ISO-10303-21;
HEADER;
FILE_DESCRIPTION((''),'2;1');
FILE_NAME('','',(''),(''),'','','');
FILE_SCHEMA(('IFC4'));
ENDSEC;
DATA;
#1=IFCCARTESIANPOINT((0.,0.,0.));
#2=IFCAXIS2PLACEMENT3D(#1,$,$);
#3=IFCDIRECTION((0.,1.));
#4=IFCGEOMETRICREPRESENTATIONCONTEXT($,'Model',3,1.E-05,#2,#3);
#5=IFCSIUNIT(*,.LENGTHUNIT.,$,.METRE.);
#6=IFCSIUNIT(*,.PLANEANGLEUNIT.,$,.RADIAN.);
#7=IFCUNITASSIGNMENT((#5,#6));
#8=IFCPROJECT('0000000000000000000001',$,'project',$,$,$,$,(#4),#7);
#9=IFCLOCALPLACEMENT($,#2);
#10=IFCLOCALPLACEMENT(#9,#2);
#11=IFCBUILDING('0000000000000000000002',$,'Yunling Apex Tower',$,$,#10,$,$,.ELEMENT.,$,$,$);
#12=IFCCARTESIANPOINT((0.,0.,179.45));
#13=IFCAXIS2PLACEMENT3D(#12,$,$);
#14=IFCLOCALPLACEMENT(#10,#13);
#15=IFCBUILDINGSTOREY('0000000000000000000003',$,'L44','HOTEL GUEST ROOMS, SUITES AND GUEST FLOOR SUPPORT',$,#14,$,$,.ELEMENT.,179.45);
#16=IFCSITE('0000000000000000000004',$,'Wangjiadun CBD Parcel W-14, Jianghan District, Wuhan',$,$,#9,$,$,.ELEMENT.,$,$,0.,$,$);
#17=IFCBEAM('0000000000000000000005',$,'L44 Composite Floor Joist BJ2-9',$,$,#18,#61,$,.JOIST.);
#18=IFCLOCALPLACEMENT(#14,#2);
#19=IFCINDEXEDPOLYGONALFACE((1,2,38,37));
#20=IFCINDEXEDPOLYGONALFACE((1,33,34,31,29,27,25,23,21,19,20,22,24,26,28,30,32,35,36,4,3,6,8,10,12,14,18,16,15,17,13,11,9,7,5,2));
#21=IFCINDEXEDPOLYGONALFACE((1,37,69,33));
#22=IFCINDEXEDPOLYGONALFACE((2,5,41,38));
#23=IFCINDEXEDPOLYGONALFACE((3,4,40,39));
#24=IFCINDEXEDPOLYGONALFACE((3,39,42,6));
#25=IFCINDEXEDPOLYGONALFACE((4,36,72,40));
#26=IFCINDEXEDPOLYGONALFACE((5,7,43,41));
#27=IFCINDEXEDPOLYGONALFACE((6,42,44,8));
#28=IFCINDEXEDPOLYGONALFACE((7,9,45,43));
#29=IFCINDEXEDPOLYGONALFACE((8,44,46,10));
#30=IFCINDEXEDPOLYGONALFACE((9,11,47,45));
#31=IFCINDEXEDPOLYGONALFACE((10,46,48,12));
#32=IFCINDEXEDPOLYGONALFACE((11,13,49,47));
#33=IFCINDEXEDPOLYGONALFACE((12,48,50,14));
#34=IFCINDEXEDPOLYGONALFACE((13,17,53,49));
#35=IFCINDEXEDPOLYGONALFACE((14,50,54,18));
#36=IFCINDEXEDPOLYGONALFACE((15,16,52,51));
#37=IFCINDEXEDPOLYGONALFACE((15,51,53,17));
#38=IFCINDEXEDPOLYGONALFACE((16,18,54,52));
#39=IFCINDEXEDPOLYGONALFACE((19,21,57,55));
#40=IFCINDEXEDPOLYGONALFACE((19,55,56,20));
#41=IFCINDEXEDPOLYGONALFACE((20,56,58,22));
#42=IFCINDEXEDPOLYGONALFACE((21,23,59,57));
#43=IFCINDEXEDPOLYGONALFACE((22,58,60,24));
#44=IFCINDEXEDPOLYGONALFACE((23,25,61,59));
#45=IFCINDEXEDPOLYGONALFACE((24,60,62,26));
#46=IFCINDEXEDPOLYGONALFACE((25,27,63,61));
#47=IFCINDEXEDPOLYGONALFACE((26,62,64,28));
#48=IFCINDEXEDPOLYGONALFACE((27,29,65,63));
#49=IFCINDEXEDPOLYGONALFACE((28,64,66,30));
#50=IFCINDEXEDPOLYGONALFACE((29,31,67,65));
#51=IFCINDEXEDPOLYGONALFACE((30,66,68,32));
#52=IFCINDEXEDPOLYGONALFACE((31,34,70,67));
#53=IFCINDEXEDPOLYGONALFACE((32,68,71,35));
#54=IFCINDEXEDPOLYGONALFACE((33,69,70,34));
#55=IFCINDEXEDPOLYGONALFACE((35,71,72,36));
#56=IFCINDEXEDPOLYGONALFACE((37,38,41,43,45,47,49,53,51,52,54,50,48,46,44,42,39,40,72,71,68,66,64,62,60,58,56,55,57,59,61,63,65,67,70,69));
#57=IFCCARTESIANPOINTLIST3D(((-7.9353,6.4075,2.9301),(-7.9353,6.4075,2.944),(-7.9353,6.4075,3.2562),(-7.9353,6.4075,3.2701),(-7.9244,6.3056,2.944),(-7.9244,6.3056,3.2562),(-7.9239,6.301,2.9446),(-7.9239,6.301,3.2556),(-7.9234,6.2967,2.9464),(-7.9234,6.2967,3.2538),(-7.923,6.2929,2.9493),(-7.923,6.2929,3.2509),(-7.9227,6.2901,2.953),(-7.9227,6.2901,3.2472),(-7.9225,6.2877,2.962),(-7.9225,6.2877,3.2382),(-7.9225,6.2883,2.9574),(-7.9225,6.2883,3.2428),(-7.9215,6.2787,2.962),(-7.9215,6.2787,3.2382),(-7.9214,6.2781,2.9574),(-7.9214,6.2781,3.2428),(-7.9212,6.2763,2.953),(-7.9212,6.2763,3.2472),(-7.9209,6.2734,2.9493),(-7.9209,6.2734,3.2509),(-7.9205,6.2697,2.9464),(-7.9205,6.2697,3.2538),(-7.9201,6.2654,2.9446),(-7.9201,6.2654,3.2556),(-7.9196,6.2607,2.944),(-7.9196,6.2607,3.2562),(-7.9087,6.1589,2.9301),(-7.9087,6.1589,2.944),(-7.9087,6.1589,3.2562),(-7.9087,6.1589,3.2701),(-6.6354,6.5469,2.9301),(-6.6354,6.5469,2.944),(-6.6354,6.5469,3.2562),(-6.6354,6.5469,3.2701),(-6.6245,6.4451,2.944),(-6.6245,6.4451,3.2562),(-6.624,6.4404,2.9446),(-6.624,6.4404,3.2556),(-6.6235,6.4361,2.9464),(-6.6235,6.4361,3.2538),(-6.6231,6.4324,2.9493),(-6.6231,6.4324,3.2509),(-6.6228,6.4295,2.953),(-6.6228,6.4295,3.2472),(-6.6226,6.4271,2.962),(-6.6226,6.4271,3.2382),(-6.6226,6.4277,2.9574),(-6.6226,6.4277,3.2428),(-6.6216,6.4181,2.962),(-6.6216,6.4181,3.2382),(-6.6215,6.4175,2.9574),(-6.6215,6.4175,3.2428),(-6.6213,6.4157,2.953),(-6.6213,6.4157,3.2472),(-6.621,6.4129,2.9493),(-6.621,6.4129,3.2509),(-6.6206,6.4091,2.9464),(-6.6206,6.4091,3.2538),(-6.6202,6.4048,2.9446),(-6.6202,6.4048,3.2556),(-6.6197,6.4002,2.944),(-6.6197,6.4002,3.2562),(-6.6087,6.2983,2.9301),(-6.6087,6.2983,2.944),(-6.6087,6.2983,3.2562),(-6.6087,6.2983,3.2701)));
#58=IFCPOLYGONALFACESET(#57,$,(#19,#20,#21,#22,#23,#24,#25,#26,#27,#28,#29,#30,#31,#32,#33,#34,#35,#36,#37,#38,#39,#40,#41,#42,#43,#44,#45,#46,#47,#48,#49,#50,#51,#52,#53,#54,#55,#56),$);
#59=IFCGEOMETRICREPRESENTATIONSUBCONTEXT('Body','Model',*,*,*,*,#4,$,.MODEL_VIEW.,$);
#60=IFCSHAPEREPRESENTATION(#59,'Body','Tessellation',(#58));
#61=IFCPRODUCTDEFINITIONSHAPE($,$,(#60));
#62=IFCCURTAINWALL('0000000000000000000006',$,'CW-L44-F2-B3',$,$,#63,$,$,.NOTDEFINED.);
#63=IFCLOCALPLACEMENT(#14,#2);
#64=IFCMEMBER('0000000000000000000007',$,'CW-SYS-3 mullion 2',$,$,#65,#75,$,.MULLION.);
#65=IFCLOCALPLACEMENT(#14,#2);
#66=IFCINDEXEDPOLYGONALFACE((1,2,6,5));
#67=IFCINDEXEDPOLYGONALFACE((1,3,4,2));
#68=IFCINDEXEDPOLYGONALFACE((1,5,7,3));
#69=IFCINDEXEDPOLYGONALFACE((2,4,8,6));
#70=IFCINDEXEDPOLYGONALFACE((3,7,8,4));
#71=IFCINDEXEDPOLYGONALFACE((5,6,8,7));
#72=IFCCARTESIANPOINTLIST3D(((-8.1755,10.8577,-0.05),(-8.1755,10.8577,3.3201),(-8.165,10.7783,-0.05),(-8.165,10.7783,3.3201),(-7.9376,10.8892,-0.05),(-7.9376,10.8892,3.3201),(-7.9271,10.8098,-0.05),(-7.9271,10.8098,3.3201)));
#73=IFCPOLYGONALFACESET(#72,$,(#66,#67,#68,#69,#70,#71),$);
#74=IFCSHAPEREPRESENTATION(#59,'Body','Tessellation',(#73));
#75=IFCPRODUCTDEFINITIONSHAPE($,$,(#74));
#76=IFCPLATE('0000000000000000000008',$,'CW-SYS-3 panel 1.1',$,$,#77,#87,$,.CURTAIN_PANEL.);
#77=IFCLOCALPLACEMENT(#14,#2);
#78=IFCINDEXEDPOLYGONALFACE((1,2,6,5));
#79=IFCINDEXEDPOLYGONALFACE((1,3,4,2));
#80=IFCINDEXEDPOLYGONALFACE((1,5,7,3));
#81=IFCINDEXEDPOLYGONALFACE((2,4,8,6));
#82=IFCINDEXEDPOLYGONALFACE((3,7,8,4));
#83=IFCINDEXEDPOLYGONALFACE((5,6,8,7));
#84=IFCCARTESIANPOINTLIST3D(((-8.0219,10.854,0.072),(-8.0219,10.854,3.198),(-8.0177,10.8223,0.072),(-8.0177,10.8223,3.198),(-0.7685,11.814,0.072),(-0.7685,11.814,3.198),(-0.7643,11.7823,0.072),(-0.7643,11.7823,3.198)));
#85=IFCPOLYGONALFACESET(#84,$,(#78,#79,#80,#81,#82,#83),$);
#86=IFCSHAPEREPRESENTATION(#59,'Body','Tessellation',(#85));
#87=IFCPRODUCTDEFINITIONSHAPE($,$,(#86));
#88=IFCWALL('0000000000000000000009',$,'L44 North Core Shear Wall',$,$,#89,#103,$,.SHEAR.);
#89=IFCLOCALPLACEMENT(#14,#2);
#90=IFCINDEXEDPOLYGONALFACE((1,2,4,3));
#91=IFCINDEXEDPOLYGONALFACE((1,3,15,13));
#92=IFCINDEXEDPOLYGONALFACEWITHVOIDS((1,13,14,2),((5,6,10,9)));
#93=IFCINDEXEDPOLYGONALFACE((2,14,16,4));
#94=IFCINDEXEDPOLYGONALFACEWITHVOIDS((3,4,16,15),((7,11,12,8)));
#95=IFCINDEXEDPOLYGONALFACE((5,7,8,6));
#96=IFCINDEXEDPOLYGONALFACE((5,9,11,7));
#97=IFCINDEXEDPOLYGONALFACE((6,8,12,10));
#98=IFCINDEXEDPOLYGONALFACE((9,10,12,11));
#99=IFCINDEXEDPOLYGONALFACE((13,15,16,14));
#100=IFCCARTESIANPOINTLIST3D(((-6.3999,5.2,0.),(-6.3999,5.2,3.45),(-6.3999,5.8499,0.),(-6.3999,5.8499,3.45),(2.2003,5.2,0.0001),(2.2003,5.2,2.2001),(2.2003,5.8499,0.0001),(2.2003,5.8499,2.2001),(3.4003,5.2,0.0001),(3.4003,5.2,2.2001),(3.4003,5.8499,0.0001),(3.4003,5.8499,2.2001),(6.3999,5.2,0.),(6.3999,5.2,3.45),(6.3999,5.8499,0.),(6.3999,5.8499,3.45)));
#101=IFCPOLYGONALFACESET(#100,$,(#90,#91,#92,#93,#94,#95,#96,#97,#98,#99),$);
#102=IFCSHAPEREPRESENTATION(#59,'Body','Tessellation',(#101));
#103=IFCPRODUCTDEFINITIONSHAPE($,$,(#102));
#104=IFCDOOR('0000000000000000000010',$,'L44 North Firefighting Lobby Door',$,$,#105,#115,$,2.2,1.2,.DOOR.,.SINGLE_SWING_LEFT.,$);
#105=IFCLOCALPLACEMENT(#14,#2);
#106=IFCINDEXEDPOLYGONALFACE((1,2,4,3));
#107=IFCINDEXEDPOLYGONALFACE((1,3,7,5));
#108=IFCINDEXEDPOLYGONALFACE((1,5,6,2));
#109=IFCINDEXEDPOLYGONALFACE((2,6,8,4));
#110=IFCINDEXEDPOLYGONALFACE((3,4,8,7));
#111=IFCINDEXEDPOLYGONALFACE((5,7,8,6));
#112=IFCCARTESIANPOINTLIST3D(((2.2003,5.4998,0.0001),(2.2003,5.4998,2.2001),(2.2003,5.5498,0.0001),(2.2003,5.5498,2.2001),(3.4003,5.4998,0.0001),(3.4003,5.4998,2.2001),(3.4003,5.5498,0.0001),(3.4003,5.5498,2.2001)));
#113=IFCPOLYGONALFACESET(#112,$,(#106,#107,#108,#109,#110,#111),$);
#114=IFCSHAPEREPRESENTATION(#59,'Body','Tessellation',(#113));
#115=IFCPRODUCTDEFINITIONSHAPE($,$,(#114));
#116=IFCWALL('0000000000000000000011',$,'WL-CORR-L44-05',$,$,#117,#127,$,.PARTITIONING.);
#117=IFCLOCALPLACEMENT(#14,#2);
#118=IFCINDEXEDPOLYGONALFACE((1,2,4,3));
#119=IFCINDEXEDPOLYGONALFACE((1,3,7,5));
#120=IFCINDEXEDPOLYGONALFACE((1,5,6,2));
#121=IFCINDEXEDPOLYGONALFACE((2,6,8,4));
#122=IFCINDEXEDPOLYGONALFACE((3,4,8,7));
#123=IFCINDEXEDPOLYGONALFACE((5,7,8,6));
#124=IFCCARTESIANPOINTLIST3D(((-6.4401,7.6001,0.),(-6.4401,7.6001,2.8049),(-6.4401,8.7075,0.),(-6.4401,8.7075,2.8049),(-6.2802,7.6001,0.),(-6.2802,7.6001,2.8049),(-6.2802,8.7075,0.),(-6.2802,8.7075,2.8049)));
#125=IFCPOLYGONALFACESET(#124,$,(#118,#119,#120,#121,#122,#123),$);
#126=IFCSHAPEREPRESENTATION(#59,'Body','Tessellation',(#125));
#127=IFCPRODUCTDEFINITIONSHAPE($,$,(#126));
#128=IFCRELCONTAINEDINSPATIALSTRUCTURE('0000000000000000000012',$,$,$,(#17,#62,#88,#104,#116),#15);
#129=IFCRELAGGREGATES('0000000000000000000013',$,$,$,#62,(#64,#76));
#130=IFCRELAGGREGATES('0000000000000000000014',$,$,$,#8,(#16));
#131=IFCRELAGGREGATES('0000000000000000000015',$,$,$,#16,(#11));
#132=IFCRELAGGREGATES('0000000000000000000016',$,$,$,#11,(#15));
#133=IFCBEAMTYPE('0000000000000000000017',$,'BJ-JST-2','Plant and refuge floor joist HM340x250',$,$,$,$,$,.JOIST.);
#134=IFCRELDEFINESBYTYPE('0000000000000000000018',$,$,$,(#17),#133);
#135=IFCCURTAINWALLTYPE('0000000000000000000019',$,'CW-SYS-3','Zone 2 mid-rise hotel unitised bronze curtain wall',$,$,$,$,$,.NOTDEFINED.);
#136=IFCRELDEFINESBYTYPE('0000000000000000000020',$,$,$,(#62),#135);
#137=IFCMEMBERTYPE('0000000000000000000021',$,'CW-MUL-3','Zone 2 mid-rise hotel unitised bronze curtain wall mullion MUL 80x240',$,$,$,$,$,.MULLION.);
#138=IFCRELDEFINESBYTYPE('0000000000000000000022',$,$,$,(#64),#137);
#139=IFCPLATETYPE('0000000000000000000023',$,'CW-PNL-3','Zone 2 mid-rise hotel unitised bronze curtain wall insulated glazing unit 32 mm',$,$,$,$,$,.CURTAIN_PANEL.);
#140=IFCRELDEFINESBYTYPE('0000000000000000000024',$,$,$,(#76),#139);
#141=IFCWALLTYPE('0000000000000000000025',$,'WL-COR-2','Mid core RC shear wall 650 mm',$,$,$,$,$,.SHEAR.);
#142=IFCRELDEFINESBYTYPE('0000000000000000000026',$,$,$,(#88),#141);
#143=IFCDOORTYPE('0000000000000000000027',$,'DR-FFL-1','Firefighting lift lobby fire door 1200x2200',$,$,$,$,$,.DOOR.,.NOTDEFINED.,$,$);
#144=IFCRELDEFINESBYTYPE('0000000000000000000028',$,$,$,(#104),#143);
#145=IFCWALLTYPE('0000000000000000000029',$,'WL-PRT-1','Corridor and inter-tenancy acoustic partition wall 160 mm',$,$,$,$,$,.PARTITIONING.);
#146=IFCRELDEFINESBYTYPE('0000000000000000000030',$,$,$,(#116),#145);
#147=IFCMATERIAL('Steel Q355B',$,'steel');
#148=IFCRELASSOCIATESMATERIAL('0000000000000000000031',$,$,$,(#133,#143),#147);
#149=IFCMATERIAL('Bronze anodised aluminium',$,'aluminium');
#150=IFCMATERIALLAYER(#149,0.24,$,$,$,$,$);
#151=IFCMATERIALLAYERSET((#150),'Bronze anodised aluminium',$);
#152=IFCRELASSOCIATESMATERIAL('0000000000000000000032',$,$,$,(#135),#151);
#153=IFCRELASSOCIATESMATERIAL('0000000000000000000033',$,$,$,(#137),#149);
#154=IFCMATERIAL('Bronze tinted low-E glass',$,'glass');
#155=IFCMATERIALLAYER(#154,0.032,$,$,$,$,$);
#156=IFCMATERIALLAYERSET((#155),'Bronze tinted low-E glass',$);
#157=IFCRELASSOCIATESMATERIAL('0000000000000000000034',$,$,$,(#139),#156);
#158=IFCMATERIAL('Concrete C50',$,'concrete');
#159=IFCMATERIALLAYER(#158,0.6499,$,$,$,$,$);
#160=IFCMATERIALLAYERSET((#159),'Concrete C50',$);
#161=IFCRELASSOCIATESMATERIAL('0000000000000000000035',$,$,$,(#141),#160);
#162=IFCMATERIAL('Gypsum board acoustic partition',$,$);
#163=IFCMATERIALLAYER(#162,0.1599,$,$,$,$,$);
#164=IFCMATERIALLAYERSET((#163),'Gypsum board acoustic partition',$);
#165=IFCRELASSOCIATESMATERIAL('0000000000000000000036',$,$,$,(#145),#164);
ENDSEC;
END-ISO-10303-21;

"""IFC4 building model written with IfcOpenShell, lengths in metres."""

from ifc_helpers import new_model, si_unit, direction, frame, frame_2d, origin, origin_2d, place, context, subcontext, project, spatial, rectangle, i_section, extrude, source, transform, mapped, material, layer, layer_set, material_profile, profile_set, type_object, element, fill, aggregate, save


model = new_model("IFC4")

# Units and contexts
model_context = context("Model", 3, precision=1e-05, world=origin(), true_north=direction((0.0, 1.0)))
body_context = subcontext(model_context, "Body", "Model", "MODEL_VIEW")
ifc_project = project(units=[si_unit("LENGTHUNIT", "METRE"), si_unit("PLANEANGLEUNIT", "RADIAN")], contexts=[model_context])

# Site, building, storey
site_placement = place(None, origin())
site = spatial("IfcSite", under=ifc_project, at=site_placement, Name="Wangjiadun CBD Parcel W-14, Jianghan District, Wuhan", CompositionType="ELEMENT", RefElevation=0.0)
building_placement = place(site_placement, origin())
building = spatial("IfcBuilding", under=site, at=building_placement, Name="Yunling Apex Tower", CompositionType="ELEMENT")
storey_placement = place(building_placement, frame((0.0, 0.0, 179.45)))
storey = spatial("IfcBuildingStorey", under=building, at=storey_placement, Name="L44", Description="HOTEL GUEST ROOMS, SUITES AND GUEST FLOOR SUPPORT", CompositionType="ELEMENT", Elevation=179.45)

# Shared definitions
ifc_material_1 = material(Name="Concrete C50", Category="concrete")

# Beam
ifc_material_2 = material(Name="Steel Q355B", Category="steel")
ifc_material_profile_1 = material_profile(ifc_material_2, i_section(OverallWidth=0.25, OverallDepth=0.3401, WebThickness=0.009, FlangeThickness=0.0139, FilletRadius=0.0181, at=origin_2d()))
ifc_profile_set_1 = profile_set([ifc_material_profile_1], Name="Steel Q355B")
beam_type_1 = type_object("IfcBeamType", Name="BJ-JST-2", Description="Plant and refuge floor joist HM340x250", PredefinedType="JOIST", material=ifc_profile_set_1)
shared_shape_1 = source(origin(), body_context, "Body", "SweptSolid", [
    extrude(i_section(OverallWidth=0.25, OverallDepth=0.3401, WebThickness=0.009, FlangeThickness=0.0139, FilletRadius=0.0181, at=origin_2d()), origin(), (0.0, 0.0, 1.0), 1.3074),
])
beam_1_placement = place(storey_placement, frame((-6.6221, 6.4226, 3.1001), z_axis=(-0.994298, -0.106639, 0.0), x_axis=(0.106639, -0.994298, 0.0)))
element("IfcBeam", 1, at=beam_1_placement, inside=storey, type_object=beam_type_1, Name="L44 Composite Floor Joist BJ2-9", PredefinedType="JOIST", context=body_context, shape_type="MappedRepresentation", body=[
    mapped(shared_shape_1, transform((0.0, 0.0, 0.0), scale=1.0)),
])

# Curtain wall, member, plate
ifc_material_3 = material(Name="Bronze anodised aluminium", Category="aluminium")
ifc_layer_1 = layer(ifc_material_3, 0.24)
ifc_layer_set_1 = layer_set([ifc_layer_1], Name="Bronze anodised aluminium")
curtain_wall_type = type_object("IfcCurtainWallType", Name="CW-SYS-3", Description="Zone 2 mid-rise hotel unitised bronze curtain wall", PredefinedType="NOTDEFINED", material=ifc_layer_set_1)
curtain_wall_placement = place(storey_placement, origin())
curtain_wall = element("IfcCurtainWall", 2, at=curtain_wall_placement, inside=storey, type_object=curtain_wall_type, Name="CW-L44-F2-B3", PredefinedType="NOTDEFINED")
ifc_material_profile_2 = material_profile(ifc_material_3, rectangle(XDim=0.0801, YDim=0.24, at=origin_2d()))
ifc_profile_set_2 = profile_set([ifc_material_profile_2], Name="Bronze anodised aluminium")
member_type = type_object("IfcMemberType", Name="CW-MUL-3", Description="Zone 2 mid-rise hotel unitised bronze curtain wall mullion MUL 80x240", PredefinedType="MULLION", material=ifc_profile_set_2)
shared_shape_2 = source(origin(), body_context, "Body", "SweptSolid", [
    extrude(rectangle(XDim=0.0801, YDim=0.24, at=origin_2d()), origin(), (0.0, 0.0, 1.0), 3.3701),
])
member_placement = place(storey_placement, frame((-8.0513, 10.8337, -0.05), z_axis=(0.0, 0.0, 1.0), x_axis=(0.131209, -0.991355, 0.0)))
member = element("IfcMember", 3, at=member_placement, type_object=member_type, Name="CW-SYS-3 mullion 2", PredefinedType="MULLION", context=body_context, shape_type="MappedRepresentation", body=[
    mapped(shared_shape_2, transform((0.0, 0.0, 0.0), scale=1.0)),
])
ifc_material_4 = material(Name="Bronze tinted low-E glass", Category="glass")
ifc_layer_2 = layer(ifc_material_4, 0.032)
ifc_layer_set_2 = layer_set([ifc_layer_2], Name="Bronze tinted low-E glass")
plate_type = type_object("IfcPlateType", Name="CW-PNL-3", Description="Zone 2 mid-rise hotel unitised bronze curtain wall insulated glazing unit 32 mm", PredefinedType="CURTAIN_PANEL", material=ifc_layer_set_2)
shared_shape_3 = source(origin(), body_context, "Body", "SweptSolid", [
    extrude(rectangle(XDim=7.3167, YDim=0.032, at=origin_2d()), origin(), (0.0, 0.0, 1.0), 3.126),
])
plate_placement = place(storey_placement, frame((-4.3931, 11.3181, 0.072), z_axis=(0.0, 0.0, 1.0), x_axis=(-0.991355, -0.131209, 0.0)))
plate = element("IfcPlate", 4, at=plate_placement, type_object=plate_type, Name="CW-SYS-3 panel 1.1", PredefinedType="CURTAIN_PANEL", context=body_context, shape_type="MappedRepresentation", body=[
    mapped(shared_shape_3, transform((0.0, 0.0, 0.0), scale=1.0)),
])
aggregate(curtain_wall, [member, plate])

# Wall, opening, door
ifc_layer_3 = layer(ifc_material_1, 0.6499)
ifc_layer_set_3 = layer_set([ifc_layer_3], Name="Concrete C50")
wall_type_1 = type_object("IfcWallType", Name="WL-COR-2", Description="Mid core RC shear wall 650 mm", PredefinedType="SHEAR", material=ifc_layer_set_3)
wall_1_placement = place(storey_placement, frame((-6.3999, 5.5249, 0.0), z_axis=(0.0, 0.0, 1.0), x_axis=(1.0, 0.0, 0.0)))
wall_1 = element("IfcWall", 5, at=wall_1_placement, inside=storey, type_object=wall_type_1, Name="L44 North Core Shear Wall", PredefinedType="SHEAR", context=body_context, shape_type="SweptSolid", body=[
    extrude(rectangle(XDim=12.7998, YDim=0.6499, at=frame_2d((6.3999, 0.0))), origin(), (0.0, 0.0, 1.0), 3.45),
])
opening_1_placement = place(wall_1_placement, frame((8.6001, 0.0, 0.0)))
opening_1 = element("IfcOpeningElement", 6, at=opening_1_placement, cuts=wall_1, PredefinedType="OPENING", context=body_context, shape_type="SweptSolid", body=[
    extrude(rectangle(XDim=1.2, YDim=2.2, at=frame_2d((0.6001, 1.1001))), frame((0.0, 0.335, 0.0), z_axis=(0.0, -1.0, 0.0), x_axis=(1.0, 0.0, 0.0)), (0.0, 0.0, 1.0), 0.6699),
])
door_type_1 = type_object("IfcDoorType", Name="DR-FFL-1", Description="Firefighting lift lobby fire door 1200x2200", OperationType="NOTDEFINED", PredefinedType="DOOR", material=ifc_material_2)
door_1_placement = place(opening_1_placement, origin())
door_1 = element("IfcDoor", 7, at=door_1_placement, inside=storey, type_object=door_type_1, Name="L44 North Firefighting Lobby Door", OperationType="SINGLE_SWING_LEFT", OverallHeight=2.2, OverallWidth=1.2, PredefinedType="DOOR", context=body_context, shape_type="SweptSolid", body=[
    extrude(rectangle(XDim=1.2, YDim=2.2, at=frame_2d((0.6001, 1.1001))), frame((0.0, 0.0249, 0.0), z_axis=(0.0, -1.0, 0.0), x_axis=(1.0, 0.0, 0.0)), (0.0, 0.0, 1.0), 0.05),
])
fill(opening_1, door_1)

# Wall
ifc_material_5 = material(Name="Gypsum board acoustic partition")
ifc_layer_4 = layer(ifc_material_5, 0.1599)
ifc_layer_set_4 = layer_set([ifc_layer_4], Name="Gypsum board acoustic partition")
wall_type_2 = type_object("IfcWallType", Name="WL-PRT-1", Description="Corridor and inter-tenancy acoustic partition wall 160 mm", PredefinedType="PARTITIONING", material=ifc_layer_set_4)
wall_2_placement = place(storey_placement, frame((-6.3601, 8.7075, 0.0), z_axis=(0.0, 0.0, 1.0), x_axis=(0.0, -1.0, 0.0)))
element("IfcWall", 8, at=wall_2_placement, inside=storey, type_object=wall_type_2, Name="WL-CORR-L44-05", PredefinedType="PARTITIONING", context=body_context, shape_type="SweptSolid", body=[
    extrude(rectangle(XDim=1.1074, YDim=0.1599, at=frame_2d((0.5537, 0.0))), origin(), (0.0, 0.0, 1.0), 2.8049),
])

save(model, "model.ifc")
